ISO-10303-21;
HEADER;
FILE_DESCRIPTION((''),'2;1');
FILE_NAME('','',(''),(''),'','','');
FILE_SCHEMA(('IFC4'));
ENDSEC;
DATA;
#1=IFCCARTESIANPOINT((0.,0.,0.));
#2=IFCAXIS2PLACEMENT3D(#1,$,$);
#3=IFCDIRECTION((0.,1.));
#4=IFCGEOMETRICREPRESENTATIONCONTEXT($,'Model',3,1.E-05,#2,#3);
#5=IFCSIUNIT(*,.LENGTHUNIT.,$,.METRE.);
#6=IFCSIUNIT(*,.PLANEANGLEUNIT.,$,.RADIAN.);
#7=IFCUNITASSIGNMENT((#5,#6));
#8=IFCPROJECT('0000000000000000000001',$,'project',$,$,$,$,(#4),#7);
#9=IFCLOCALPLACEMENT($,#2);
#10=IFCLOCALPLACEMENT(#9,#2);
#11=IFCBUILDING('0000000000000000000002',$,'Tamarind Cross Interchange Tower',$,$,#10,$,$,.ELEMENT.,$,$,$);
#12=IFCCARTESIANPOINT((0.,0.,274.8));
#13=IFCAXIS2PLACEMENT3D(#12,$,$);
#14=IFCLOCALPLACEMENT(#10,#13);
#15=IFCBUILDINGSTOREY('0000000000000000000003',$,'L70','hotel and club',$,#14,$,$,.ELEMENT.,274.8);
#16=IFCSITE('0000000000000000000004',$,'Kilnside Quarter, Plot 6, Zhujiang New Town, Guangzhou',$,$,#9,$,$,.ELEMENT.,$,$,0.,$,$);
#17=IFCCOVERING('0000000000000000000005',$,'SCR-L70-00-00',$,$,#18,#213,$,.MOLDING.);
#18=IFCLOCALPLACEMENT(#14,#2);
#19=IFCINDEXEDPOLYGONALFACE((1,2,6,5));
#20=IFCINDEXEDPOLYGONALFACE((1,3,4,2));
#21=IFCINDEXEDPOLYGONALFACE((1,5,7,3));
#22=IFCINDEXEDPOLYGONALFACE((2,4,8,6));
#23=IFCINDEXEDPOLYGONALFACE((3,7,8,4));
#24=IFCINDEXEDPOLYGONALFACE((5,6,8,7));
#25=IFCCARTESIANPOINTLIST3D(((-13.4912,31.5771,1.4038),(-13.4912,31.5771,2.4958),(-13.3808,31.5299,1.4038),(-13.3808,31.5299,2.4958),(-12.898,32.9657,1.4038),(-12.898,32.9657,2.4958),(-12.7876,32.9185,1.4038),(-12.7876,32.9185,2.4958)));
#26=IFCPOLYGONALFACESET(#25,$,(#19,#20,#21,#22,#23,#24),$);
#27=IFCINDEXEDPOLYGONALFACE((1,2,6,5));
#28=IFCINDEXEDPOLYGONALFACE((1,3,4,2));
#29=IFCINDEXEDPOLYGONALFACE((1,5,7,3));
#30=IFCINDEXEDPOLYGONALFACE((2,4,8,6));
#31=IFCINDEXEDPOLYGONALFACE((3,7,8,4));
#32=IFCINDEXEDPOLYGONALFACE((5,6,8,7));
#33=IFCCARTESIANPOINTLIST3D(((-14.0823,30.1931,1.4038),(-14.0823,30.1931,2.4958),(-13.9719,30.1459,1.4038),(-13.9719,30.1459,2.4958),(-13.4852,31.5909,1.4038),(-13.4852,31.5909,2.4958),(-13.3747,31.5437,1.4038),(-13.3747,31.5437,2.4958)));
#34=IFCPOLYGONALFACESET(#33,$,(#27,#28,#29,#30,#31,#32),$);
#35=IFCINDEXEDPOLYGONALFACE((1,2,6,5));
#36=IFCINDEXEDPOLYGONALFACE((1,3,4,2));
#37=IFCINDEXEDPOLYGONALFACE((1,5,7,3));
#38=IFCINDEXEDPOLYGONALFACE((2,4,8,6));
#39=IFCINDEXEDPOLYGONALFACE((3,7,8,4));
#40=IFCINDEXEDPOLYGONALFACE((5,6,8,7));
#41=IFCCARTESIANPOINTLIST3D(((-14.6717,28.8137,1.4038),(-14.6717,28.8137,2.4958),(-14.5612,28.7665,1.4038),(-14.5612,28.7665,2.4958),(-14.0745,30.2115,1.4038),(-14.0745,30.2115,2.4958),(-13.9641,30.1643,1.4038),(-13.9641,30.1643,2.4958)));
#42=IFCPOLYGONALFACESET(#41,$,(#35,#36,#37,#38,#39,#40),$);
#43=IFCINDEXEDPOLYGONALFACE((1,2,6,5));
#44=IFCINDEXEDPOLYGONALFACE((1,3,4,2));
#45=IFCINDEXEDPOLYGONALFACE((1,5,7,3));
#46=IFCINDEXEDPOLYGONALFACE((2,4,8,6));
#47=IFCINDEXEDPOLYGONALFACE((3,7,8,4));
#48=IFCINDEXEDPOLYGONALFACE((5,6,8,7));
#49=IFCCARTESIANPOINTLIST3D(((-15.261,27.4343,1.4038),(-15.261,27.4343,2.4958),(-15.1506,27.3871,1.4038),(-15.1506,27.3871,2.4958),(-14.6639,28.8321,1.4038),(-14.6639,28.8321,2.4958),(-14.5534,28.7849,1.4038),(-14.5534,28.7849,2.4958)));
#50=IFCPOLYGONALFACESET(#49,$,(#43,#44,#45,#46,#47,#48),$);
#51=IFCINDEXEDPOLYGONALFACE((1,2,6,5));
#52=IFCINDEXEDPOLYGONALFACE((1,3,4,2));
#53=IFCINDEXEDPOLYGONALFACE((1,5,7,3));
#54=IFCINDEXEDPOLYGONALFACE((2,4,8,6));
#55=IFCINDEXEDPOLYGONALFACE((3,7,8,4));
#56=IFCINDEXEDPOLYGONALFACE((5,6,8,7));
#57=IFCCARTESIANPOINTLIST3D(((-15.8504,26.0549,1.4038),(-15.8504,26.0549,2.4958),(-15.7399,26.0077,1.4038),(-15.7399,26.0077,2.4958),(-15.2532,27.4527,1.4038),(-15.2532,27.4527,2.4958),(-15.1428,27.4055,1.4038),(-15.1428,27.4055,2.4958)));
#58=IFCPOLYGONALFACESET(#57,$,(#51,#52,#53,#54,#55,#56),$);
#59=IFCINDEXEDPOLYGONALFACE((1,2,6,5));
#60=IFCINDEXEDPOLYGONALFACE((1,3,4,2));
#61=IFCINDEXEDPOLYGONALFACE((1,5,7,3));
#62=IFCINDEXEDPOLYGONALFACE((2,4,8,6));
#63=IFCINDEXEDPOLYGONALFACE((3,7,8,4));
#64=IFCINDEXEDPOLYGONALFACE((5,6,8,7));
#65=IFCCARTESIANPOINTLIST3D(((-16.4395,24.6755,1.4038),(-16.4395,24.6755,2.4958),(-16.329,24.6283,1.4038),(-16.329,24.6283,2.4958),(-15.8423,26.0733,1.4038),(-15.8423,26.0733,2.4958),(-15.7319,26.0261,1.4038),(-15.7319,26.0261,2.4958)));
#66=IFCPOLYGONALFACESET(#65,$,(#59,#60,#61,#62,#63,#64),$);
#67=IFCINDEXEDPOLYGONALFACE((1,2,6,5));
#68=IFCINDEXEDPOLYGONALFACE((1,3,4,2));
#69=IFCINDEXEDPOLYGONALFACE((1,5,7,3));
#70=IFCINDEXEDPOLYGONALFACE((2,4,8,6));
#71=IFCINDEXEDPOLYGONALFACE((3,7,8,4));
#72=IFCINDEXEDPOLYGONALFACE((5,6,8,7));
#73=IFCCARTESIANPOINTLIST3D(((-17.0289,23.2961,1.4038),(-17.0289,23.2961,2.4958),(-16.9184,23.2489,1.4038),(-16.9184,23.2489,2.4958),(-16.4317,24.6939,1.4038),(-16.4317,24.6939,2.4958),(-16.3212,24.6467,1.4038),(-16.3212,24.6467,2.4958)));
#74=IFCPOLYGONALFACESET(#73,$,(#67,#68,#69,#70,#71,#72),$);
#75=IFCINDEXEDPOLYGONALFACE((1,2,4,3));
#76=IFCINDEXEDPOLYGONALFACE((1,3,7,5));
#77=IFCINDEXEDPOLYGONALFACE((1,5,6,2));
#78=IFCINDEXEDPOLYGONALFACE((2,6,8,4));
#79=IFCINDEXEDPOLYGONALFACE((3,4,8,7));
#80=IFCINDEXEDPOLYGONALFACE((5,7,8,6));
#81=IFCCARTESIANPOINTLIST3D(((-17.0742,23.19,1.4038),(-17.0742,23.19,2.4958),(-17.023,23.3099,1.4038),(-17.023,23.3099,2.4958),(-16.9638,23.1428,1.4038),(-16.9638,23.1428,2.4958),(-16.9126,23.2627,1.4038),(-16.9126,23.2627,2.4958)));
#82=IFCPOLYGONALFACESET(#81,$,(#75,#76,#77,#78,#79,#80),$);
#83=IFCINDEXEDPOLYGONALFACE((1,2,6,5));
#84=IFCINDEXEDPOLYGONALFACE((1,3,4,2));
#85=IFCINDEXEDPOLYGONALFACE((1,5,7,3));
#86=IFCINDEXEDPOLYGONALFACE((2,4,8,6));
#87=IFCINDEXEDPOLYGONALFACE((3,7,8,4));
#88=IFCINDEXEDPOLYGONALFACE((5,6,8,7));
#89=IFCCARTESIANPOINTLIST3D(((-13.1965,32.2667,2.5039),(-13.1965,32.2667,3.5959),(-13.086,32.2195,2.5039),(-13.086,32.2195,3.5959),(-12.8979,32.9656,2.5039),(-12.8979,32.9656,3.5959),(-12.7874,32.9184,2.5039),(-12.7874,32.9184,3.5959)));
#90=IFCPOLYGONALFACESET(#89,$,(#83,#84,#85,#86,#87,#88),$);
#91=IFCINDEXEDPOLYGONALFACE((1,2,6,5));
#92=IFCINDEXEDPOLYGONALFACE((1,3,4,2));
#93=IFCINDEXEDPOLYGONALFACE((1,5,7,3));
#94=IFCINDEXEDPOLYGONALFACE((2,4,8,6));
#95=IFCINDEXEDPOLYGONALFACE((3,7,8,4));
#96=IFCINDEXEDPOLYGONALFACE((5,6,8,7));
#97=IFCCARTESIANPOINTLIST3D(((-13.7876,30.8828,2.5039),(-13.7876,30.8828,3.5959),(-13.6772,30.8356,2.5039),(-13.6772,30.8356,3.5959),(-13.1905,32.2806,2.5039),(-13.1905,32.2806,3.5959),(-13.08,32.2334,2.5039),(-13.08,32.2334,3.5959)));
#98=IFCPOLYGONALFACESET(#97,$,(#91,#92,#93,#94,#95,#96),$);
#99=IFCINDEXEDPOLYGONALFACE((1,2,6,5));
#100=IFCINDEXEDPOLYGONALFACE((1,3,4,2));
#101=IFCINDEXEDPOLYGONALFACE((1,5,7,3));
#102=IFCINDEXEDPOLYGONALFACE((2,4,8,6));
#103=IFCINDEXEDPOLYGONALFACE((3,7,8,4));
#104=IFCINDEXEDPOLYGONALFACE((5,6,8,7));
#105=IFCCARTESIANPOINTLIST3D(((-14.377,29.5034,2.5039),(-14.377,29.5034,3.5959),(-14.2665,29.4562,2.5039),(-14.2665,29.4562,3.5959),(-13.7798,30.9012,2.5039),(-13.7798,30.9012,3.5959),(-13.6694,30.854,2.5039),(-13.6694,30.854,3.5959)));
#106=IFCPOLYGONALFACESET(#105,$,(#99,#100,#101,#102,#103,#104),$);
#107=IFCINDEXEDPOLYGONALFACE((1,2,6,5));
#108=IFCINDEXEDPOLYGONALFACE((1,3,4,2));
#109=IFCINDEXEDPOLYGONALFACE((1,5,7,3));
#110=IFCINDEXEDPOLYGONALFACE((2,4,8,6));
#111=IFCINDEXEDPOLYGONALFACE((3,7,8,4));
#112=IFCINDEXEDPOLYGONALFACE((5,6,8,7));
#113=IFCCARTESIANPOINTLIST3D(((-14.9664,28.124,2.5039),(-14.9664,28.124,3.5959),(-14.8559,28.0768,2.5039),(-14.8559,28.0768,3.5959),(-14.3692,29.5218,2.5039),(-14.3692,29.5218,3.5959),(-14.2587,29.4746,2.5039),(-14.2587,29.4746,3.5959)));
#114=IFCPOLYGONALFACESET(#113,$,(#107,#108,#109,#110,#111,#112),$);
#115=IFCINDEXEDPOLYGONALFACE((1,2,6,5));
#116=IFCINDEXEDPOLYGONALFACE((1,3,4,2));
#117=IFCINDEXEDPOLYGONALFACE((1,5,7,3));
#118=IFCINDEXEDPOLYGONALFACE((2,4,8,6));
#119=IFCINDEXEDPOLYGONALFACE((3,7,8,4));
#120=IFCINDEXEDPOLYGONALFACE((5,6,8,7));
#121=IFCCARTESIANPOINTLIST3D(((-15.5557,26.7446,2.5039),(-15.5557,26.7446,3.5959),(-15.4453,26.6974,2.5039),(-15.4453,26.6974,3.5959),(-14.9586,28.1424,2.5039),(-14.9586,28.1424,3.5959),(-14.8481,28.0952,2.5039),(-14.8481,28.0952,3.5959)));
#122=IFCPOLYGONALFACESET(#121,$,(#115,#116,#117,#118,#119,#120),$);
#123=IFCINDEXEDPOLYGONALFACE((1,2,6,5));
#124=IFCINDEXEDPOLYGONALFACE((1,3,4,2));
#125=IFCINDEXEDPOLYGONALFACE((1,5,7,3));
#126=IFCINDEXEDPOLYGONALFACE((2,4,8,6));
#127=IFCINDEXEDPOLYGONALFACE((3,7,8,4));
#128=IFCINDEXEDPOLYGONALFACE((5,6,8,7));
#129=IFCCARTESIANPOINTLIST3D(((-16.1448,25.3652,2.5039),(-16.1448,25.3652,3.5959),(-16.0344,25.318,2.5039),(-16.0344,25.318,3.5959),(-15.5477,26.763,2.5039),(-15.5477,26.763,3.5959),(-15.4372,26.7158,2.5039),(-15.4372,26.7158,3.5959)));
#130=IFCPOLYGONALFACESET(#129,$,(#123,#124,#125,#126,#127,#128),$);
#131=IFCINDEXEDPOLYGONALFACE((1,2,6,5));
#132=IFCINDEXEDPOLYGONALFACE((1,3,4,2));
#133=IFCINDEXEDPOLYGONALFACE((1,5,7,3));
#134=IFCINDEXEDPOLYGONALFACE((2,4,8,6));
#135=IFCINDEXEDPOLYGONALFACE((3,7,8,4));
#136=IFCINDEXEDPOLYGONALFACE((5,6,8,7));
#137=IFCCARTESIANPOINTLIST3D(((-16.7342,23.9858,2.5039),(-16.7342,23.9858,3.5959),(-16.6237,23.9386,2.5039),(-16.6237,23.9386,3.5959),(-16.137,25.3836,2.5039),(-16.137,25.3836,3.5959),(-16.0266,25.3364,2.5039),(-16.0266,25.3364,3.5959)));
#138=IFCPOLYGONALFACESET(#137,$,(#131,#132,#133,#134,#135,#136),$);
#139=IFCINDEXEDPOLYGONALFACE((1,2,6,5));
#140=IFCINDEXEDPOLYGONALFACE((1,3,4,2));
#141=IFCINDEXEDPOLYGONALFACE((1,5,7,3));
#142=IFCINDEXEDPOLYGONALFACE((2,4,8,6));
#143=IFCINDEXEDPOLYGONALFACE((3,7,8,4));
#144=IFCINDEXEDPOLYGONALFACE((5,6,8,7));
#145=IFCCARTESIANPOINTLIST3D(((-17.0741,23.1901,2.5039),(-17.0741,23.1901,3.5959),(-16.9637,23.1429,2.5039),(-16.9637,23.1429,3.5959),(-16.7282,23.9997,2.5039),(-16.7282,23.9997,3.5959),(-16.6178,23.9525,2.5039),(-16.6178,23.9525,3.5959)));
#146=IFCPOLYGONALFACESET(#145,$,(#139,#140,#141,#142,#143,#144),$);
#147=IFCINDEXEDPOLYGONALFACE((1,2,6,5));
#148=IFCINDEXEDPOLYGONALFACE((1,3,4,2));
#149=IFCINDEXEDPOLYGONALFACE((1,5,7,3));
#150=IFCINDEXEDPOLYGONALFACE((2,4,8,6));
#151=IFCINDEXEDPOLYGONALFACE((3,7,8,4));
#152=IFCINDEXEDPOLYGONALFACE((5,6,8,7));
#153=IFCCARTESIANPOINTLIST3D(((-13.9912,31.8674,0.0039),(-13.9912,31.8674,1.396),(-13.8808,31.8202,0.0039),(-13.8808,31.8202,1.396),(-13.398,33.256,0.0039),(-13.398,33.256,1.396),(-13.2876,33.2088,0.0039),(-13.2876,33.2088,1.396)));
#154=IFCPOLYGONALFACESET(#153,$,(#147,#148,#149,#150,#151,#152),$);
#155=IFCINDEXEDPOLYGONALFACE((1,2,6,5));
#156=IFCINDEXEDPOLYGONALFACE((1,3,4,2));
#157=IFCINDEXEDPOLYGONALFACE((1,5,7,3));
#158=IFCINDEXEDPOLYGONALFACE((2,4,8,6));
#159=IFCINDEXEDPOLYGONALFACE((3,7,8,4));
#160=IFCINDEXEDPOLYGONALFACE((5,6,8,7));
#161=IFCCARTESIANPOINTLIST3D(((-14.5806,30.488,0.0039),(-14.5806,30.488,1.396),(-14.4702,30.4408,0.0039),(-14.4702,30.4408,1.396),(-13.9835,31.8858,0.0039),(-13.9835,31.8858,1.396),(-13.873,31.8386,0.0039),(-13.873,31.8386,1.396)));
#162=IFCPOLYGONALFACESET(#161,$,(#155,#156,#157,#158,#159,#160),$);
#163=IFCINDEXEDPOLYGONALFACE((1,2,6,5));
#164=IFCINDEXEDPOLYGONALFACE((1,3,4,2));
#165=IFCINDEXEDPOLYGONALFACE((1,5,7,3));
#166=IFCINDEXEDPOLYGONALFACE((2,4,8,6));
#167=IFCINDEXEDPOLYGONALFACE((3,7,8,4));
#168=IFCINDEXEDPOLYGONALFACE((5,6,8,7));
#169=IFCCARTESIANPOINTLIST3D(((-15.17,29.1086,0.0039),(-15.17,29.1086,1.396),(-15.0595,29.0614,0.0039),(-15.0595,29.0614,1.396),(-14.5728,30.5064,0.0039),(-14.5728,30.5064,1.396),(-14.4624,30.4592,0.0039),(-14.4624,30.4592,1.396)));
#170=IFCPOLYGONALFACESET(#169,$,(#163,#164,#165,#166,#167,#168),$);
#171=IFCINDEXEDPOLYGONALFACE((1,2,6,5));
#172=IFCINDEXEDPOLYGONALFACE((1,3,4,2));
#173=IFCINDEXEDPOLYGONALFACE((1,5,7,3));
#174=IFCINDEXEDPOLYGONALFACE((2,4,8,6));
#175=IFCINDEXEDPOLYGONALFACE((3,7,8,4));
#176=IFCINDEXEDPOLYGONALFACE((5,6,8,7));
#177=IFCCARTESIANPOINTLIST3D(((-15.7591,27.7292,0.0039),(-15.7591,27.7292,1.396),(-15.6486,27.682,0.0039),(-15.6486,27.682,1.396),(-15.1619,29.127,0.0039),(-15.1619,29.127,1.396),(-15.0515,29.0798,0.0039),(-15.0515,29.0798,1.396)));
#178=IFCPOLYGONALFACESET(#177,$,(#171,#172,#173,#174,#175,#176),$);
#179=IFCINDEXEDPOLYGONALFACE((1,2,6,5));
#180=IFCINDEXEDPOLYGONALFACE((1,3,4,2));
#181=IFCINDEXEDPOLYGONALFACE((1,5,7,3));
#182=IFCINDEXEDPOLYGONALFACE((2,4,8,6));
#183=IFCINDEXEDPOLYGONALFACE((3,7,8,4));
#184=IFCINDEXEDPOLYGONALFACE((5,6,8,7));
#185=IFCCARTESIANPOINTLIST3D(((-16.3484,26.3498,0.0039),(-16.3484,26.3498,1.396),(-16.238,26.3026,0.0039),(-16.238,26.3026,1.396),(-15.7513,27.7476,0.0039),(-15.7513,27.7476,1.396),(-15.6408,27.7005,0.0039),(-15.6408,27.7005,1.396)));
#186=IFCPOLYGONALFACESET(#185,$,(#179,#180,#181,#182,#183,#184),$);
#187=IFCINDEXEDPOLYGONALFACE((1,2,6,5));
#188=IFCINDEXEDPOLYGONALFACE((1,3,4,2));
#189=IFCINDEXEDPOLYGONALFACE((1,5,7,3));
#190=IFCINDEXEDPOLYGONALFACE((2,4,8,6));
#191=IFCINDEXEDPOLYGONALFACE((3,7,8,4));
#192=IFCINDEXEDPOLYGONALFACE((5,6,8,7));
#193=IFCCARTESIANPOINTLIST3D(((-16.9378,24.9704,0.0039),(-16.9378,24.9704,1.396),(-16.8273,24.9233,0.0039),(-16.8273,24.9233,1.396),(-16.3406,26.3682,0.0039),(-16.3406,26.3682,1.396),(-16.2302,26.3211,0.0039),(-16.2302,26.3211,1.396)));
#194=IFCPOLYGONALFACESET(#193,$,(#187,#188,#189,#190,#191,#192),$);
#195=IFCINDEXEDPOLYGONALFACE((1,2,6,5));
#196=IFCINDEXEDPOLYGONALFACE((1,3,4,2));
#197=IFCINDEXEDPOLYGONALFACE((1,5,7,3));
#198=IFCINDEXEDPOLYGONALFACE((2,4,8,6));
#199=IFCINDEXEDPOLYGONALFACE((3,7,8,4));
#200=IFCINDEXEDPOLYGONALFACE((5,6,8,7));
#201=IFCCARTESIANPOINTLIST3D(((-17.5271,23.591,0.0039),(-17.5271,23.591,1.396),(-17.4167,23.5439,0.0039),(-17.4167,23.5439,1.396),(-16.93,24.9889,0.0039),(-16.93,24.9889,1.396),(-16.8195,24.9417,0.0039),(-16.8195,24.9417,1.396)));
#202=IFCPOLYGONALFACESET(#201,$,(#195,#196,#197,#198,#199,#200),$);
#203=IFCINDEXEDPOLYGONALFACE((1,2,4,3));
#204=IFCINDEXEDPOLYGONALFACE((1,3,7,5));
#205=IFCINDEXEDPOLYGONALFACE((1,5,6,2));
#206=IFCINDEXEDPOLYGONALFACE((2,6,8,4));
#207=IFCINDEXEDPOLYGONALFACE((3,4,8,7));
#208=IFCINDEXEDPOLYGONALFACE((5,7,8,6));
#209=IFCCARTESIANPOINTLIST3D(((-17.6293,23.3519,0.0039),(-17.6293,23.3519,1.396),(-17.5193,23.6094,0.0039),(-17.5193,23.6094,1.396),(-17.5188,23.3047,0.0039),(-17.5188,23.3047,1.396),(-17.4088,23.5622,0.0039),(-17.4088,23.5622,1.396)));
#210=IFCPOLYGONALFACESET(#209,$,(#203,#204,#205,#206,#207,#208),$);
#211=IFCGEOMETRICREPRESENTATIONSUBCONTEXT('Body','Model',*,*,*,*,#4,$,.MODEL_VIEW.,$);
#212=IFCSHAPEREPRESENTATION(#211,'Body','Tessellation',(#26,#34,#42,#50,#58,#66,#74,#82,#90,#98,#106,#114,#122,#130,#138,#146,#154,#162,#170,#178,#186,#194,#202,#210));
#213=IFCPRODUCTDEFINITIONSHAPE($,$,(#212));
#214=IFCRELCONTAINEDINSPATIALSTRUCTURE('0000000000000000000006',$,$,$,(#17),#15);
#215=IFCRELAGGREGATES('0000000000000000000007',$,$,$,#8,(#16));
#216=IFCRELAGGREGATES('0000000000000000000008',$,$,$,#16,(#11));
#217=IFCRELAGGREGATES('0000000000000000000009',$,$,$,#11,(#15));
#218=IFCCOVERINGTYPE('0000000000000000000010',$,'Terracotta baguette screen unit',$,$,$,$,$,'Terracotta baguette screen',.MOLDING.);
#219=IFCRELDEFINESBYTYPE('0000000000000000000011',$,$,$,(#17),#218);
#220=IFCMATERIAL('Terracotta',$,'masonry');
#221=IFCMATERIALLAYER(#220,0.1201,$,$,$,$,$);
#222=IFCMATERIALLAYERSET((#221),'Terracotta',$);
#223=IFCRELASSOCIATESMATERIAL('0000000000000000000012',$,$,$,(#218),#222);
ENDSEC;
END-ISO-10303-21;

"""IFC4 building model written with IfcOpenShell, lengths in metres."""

from ifc_helpers import new_model, si_unit, direction, frame, origin, origin_2d, place, context, subcontext, project, spatial, rectangle, extrude, material, layer, layer_set, type_object, element, save


model = new_model("IFC4")

# Units and contexts
model_context = context("Model", 3, precision=1e-05, world=origin(), true_north=direction((0.0, 1.0)))
body_context = subcontext(model_context, "Body", "Model", "MODEL_VIEW")
ifc_project = project(units=[si_unit("LENGTHUNIT", "METRE"), si_unit("PLANEANGLEUNIT", "RADIAN")], contexts=[model_context])

# Site, building, storey
site_placement = place(None, origin())
site = spatial("IfcSite", under=ifc_project, at=site_placement, Name="Kilnside Quarter, Plot 6, Zhujiang New Town, Guangzhou", CompositionType="ELEMENT", RefElevation=0.0)
building_placement = place(site_placement, origin())
building = spatial("IfcBuilding", under=site, at=building_placement, Name="Tamarind Cross Interchange Tower", CompositionType="ELEMENT")
storey_placement = place(building_placement, frame((0.0, 0.0, 274.8)))
storey = spatial("IfcBuildingStorey", under=building, at=storey_placement, Name="L70", Description="hotel and club", CompositionType="ELEMENT", Elevation=274.8)

# Covering
ifc_material_1 = material(Name="Terracotta", Category="masonry")
ifc_layer_1 = layer(ifc_material_1, 0.1201)
ifc_layer_set_1 = layer_set([ifc_layer_1], Name="Terracotta")
covering_type = type_object("IfcCoveringType", Name="Terracotta baguette screen unit", ElementType="Terracotta baguette screen", PredefinedType="MOLDING", material=ifc_layer_set_1)
covering_placement = place(storey_placement, origin())
element("IfcCovering", 1, at=covering_placement, inside=storey, type_object=covering_type, Name="SCR-L70-00-00", PredefinedType="MOLDING", context=body_context, shape_type="SweptSolid", body=[
    extrude(rectangle(XDim=1.51, YDim=0.1201, at=origin_2d()), frame((-13.1394, 32.2478, 1.4038), z_axis=(0.0, 0.0, 1.0), x_axis=(-0.392864, -0.919597, 0.0)), (0.0, 0.0, 1.0), 1.092),
    extrude(rectangle(XDim=1.52, YDim=0.1201, at=origin_2d()), frame((-13.7285, 30.8684, 1.4038), z_axis=(0.0, 0.0, 1.0), x_axis=(-0.392864, -0.919597, 0.0)), (0.0, 0.0, 1.0), 1.092),
    extrude(rectangle(XDim=1.52, YDim=0.1201, at=origin_2d()), frame((-14.3179, 29.489, 1.4038), z_axis=(0.0, 0.0, 1.0), x_axis=(-0.392864, -0.919597, 0.0)), (0.0, 0.0, 1.0), 1.092),
    extrude(rectangle(XDim=1.52, YDim=0.1201, at=origin_2d()), frame((-14.9072, 28.1096, 1.4038), z_axis=(0.0, 0.0, 1.0), x_axis=(-0.392864, -0.919597, 0.0)), (0.0, 0.0, 1.0), 1.092),
    extrude(rectangle(XDim=1.52, YDim=0.1201, at=origin_2d()), frame((-15.4966, 26.7302, 1.4038), z_axis=(0.0, 0.0, 1.0), x_axis=(-0.392864, -0.919597, 0.0)), (0.0, 0.0, 1.0), 1.092),
    extrude(rectangle(XDim=1.52, YDim=0.1201, at=origin_2d()), frame((-16.0857, 25.3508, 1.4038), z_axis=(0.0, 0.0, 1.0), x_axis=(-0.392864, -0.919597, 0.0)), (0.0, 0.0, 1.0), 1.092),
    extrude(rectangle(XDim=1.52, YDim=0.1201, at=origin_2d()), frame((-16.675, 23.9714, 1.4038), z_axis=(0.0, 0.0, 1.0), x_axis=(-0.392864, -0.919597, 0.0)), (0.0, 0.0, 1.0), 1.092),
    extrude(rectangle(XDim=0.1304, YDim=0.1201, at=origin_2d()), frame((-16.9934, 23.2263, 1.4038), z_axis=(0.0, 0.0, 1.0), x_axis=(-0.392864, -0.919597, 0.0)), (0.0, 0.0, 1.0), 1.092),
    extrude(rectangle(XDim=0.76, YDim=0.1201, at=origin_2d()), frame((-12.9919, 32.5925, 2.5039), z_axis=(0.0, 0.0, 1.0), x_axis=(-0.392864, -0.919597, 0.0)), (0.0, 0.0, 1.0), 1.092),
    extrude(rectangle(XDim=1.52, YDim=0.1201, at=origin_2d()), frame((-13.4338, 31.5581, 2.5039), z_axis=(0.0, 0.0, 1.0), x_axis=(-0.392864, -0.919597, 0.0)), (0.0, 0.0, 1.0), 1.092),
    extrude(rectangle(XDim=1.52, YDim=0.1201, at=origin_2d()), frame((-14.0232, 30.1787, 2.5039), z_axis=(0.0, 0.0, 1.0), x_axis=(-0.392864, -0.919597, 0.0)), (0.0, 0.0, 1.0), 1.092),
    extrude(rectangle(XDim=1.52, YDim=0.1201, at=origin_2d()), frame((-14.6125, 28.7993, 2.5039), z_axis=(0.0, 0.0, 1.0), x_axis=(-0.392864, -0.919597, 0.0)), (0.0, 0.0, 1.0), 1.092),
    extrude(rectangle(XDim=1.52, YDim=0.1201, at=origin_2d()), frame((-15.2019, 27.4199, 2.5039), z_axis=(0.0, 0.0, 1.0), x_axis=(-0.392864, -0.919597, 0.0)), (0.0, 0.0, 1.0), 1.092),
    extrude(rectangle(XDim=1.52, YDim=0.1201, at=origin_2d()), frame((-15.791, 26.0405, 2.5039), z_axis=(0.0, 0.0, 1.0), x_axis=(-0.392864, -0.919597, 0.0)), (0.0, 0.0, 1.0), 1.092),
    extrude(rectangle(XDim=1.52, YDim=0.1201, at=origin_2d()), frame((-16.3804, 24.6611, 2.5039), z_axis=(0.0, 0.0, 1.0), x_axis=(-0.392864, -0.919597, 0.0)), (0.0, 0.0, 1.0), 1.092),
    extrude(rectangle(XDim=0.8804, YDim=0.1201, at=origin_2d()), frame((-16.8459, 23.5713, 2.5039), z_axis=(0.0, 0.0, 1.0), x_axis=(-0.392864, -0.919597, 0.0)), (0.0, 0.0, 1.0), 1.092),
    extrude(rectangle(XDim=1.51, YDim=0.1201, at=origin_2d()), frame((-13.6394, 32.5381, 0.0039), z_axis=(0.0, 0.0, 1.0), x_axis=(-0.392864, -0.919597, 0.0)), (0.0, 0.0, 1.0), 1.3921),
    extrude(rectangle(XDim=1.52, YDim=0.1201, at=origin_2d()), frame((-14.2268, 31.1633, 0.0039), z_axis=(0.0, 0.0, 1.0), x_axis=(-0.392864, -0.919597, 0.0)), (0.0, 0.0, 1.0), 1.3921),
    extrude(rectangle(XDim=1.52, YDim=0.1201, at=origin_2d()), frame((-14.8162, 29.7839, 0.0039), z_axis=(0.0, 0.0, 1.0), x_axis=(-0.392864, -0.919597, 0.0)), (0.0, 0.0, 1.0), 1.3921),
    extrude(rectangle(XDim=1.52, YDim=0.1201, at=origin_2d()), frame((-15.4053, 28.4045, 0.0039), z_axis=(0.0, 0.0, 1.0), x_axis=(-0.392864, -0.919597, 0.0)), (0.0, 0.0, 1.0), 1.3921),
    extrude(rectangle(XDim=1.52, YDim=0.1201, at=origin_2d()), frame((-15.9946, 27.0251, 0.0039), z_axis=(0.0, 0.0, 1.0), x_axis=(-0.392864, -0.919597, 0.0)), (0.0, 0.0, 1.0), 1.3921),
    extrude(rectangle(XDim=1.52, YDim=0.1201, at=origin_2d()), frame((-16.584, 25.6458, 0.0039), z_axis=(0.0, 0.0, 1.0), x_axis=(-0.392864, -0.919597, 0.0)), (0.0, 0.0, 1.0), 1.3921),
    extrude(rectangle(XDim=1.52, YDim=0.1201, at=origin_2d()), frame((-17.1733, 24.2664, 0.0039), z_axis=(0.0, 0.0, 1.0), x_axis=(-0.392864, -0.919597, 0.0)), (0.0, 0.0, 1.0), 1.3921),
    extrude(rectangle(XDim=0.28, YDim=0.1201, at=origin_2d()), frame((-17.519, 23.457, 0.0039), z_axis=(0.0, 0.0, 1.0), x_axis=(-0.392864, -0.919597, 0.0)), (0.0, 0.0, 1.0), 1.3921),
])

save(model, "model.ifc")
